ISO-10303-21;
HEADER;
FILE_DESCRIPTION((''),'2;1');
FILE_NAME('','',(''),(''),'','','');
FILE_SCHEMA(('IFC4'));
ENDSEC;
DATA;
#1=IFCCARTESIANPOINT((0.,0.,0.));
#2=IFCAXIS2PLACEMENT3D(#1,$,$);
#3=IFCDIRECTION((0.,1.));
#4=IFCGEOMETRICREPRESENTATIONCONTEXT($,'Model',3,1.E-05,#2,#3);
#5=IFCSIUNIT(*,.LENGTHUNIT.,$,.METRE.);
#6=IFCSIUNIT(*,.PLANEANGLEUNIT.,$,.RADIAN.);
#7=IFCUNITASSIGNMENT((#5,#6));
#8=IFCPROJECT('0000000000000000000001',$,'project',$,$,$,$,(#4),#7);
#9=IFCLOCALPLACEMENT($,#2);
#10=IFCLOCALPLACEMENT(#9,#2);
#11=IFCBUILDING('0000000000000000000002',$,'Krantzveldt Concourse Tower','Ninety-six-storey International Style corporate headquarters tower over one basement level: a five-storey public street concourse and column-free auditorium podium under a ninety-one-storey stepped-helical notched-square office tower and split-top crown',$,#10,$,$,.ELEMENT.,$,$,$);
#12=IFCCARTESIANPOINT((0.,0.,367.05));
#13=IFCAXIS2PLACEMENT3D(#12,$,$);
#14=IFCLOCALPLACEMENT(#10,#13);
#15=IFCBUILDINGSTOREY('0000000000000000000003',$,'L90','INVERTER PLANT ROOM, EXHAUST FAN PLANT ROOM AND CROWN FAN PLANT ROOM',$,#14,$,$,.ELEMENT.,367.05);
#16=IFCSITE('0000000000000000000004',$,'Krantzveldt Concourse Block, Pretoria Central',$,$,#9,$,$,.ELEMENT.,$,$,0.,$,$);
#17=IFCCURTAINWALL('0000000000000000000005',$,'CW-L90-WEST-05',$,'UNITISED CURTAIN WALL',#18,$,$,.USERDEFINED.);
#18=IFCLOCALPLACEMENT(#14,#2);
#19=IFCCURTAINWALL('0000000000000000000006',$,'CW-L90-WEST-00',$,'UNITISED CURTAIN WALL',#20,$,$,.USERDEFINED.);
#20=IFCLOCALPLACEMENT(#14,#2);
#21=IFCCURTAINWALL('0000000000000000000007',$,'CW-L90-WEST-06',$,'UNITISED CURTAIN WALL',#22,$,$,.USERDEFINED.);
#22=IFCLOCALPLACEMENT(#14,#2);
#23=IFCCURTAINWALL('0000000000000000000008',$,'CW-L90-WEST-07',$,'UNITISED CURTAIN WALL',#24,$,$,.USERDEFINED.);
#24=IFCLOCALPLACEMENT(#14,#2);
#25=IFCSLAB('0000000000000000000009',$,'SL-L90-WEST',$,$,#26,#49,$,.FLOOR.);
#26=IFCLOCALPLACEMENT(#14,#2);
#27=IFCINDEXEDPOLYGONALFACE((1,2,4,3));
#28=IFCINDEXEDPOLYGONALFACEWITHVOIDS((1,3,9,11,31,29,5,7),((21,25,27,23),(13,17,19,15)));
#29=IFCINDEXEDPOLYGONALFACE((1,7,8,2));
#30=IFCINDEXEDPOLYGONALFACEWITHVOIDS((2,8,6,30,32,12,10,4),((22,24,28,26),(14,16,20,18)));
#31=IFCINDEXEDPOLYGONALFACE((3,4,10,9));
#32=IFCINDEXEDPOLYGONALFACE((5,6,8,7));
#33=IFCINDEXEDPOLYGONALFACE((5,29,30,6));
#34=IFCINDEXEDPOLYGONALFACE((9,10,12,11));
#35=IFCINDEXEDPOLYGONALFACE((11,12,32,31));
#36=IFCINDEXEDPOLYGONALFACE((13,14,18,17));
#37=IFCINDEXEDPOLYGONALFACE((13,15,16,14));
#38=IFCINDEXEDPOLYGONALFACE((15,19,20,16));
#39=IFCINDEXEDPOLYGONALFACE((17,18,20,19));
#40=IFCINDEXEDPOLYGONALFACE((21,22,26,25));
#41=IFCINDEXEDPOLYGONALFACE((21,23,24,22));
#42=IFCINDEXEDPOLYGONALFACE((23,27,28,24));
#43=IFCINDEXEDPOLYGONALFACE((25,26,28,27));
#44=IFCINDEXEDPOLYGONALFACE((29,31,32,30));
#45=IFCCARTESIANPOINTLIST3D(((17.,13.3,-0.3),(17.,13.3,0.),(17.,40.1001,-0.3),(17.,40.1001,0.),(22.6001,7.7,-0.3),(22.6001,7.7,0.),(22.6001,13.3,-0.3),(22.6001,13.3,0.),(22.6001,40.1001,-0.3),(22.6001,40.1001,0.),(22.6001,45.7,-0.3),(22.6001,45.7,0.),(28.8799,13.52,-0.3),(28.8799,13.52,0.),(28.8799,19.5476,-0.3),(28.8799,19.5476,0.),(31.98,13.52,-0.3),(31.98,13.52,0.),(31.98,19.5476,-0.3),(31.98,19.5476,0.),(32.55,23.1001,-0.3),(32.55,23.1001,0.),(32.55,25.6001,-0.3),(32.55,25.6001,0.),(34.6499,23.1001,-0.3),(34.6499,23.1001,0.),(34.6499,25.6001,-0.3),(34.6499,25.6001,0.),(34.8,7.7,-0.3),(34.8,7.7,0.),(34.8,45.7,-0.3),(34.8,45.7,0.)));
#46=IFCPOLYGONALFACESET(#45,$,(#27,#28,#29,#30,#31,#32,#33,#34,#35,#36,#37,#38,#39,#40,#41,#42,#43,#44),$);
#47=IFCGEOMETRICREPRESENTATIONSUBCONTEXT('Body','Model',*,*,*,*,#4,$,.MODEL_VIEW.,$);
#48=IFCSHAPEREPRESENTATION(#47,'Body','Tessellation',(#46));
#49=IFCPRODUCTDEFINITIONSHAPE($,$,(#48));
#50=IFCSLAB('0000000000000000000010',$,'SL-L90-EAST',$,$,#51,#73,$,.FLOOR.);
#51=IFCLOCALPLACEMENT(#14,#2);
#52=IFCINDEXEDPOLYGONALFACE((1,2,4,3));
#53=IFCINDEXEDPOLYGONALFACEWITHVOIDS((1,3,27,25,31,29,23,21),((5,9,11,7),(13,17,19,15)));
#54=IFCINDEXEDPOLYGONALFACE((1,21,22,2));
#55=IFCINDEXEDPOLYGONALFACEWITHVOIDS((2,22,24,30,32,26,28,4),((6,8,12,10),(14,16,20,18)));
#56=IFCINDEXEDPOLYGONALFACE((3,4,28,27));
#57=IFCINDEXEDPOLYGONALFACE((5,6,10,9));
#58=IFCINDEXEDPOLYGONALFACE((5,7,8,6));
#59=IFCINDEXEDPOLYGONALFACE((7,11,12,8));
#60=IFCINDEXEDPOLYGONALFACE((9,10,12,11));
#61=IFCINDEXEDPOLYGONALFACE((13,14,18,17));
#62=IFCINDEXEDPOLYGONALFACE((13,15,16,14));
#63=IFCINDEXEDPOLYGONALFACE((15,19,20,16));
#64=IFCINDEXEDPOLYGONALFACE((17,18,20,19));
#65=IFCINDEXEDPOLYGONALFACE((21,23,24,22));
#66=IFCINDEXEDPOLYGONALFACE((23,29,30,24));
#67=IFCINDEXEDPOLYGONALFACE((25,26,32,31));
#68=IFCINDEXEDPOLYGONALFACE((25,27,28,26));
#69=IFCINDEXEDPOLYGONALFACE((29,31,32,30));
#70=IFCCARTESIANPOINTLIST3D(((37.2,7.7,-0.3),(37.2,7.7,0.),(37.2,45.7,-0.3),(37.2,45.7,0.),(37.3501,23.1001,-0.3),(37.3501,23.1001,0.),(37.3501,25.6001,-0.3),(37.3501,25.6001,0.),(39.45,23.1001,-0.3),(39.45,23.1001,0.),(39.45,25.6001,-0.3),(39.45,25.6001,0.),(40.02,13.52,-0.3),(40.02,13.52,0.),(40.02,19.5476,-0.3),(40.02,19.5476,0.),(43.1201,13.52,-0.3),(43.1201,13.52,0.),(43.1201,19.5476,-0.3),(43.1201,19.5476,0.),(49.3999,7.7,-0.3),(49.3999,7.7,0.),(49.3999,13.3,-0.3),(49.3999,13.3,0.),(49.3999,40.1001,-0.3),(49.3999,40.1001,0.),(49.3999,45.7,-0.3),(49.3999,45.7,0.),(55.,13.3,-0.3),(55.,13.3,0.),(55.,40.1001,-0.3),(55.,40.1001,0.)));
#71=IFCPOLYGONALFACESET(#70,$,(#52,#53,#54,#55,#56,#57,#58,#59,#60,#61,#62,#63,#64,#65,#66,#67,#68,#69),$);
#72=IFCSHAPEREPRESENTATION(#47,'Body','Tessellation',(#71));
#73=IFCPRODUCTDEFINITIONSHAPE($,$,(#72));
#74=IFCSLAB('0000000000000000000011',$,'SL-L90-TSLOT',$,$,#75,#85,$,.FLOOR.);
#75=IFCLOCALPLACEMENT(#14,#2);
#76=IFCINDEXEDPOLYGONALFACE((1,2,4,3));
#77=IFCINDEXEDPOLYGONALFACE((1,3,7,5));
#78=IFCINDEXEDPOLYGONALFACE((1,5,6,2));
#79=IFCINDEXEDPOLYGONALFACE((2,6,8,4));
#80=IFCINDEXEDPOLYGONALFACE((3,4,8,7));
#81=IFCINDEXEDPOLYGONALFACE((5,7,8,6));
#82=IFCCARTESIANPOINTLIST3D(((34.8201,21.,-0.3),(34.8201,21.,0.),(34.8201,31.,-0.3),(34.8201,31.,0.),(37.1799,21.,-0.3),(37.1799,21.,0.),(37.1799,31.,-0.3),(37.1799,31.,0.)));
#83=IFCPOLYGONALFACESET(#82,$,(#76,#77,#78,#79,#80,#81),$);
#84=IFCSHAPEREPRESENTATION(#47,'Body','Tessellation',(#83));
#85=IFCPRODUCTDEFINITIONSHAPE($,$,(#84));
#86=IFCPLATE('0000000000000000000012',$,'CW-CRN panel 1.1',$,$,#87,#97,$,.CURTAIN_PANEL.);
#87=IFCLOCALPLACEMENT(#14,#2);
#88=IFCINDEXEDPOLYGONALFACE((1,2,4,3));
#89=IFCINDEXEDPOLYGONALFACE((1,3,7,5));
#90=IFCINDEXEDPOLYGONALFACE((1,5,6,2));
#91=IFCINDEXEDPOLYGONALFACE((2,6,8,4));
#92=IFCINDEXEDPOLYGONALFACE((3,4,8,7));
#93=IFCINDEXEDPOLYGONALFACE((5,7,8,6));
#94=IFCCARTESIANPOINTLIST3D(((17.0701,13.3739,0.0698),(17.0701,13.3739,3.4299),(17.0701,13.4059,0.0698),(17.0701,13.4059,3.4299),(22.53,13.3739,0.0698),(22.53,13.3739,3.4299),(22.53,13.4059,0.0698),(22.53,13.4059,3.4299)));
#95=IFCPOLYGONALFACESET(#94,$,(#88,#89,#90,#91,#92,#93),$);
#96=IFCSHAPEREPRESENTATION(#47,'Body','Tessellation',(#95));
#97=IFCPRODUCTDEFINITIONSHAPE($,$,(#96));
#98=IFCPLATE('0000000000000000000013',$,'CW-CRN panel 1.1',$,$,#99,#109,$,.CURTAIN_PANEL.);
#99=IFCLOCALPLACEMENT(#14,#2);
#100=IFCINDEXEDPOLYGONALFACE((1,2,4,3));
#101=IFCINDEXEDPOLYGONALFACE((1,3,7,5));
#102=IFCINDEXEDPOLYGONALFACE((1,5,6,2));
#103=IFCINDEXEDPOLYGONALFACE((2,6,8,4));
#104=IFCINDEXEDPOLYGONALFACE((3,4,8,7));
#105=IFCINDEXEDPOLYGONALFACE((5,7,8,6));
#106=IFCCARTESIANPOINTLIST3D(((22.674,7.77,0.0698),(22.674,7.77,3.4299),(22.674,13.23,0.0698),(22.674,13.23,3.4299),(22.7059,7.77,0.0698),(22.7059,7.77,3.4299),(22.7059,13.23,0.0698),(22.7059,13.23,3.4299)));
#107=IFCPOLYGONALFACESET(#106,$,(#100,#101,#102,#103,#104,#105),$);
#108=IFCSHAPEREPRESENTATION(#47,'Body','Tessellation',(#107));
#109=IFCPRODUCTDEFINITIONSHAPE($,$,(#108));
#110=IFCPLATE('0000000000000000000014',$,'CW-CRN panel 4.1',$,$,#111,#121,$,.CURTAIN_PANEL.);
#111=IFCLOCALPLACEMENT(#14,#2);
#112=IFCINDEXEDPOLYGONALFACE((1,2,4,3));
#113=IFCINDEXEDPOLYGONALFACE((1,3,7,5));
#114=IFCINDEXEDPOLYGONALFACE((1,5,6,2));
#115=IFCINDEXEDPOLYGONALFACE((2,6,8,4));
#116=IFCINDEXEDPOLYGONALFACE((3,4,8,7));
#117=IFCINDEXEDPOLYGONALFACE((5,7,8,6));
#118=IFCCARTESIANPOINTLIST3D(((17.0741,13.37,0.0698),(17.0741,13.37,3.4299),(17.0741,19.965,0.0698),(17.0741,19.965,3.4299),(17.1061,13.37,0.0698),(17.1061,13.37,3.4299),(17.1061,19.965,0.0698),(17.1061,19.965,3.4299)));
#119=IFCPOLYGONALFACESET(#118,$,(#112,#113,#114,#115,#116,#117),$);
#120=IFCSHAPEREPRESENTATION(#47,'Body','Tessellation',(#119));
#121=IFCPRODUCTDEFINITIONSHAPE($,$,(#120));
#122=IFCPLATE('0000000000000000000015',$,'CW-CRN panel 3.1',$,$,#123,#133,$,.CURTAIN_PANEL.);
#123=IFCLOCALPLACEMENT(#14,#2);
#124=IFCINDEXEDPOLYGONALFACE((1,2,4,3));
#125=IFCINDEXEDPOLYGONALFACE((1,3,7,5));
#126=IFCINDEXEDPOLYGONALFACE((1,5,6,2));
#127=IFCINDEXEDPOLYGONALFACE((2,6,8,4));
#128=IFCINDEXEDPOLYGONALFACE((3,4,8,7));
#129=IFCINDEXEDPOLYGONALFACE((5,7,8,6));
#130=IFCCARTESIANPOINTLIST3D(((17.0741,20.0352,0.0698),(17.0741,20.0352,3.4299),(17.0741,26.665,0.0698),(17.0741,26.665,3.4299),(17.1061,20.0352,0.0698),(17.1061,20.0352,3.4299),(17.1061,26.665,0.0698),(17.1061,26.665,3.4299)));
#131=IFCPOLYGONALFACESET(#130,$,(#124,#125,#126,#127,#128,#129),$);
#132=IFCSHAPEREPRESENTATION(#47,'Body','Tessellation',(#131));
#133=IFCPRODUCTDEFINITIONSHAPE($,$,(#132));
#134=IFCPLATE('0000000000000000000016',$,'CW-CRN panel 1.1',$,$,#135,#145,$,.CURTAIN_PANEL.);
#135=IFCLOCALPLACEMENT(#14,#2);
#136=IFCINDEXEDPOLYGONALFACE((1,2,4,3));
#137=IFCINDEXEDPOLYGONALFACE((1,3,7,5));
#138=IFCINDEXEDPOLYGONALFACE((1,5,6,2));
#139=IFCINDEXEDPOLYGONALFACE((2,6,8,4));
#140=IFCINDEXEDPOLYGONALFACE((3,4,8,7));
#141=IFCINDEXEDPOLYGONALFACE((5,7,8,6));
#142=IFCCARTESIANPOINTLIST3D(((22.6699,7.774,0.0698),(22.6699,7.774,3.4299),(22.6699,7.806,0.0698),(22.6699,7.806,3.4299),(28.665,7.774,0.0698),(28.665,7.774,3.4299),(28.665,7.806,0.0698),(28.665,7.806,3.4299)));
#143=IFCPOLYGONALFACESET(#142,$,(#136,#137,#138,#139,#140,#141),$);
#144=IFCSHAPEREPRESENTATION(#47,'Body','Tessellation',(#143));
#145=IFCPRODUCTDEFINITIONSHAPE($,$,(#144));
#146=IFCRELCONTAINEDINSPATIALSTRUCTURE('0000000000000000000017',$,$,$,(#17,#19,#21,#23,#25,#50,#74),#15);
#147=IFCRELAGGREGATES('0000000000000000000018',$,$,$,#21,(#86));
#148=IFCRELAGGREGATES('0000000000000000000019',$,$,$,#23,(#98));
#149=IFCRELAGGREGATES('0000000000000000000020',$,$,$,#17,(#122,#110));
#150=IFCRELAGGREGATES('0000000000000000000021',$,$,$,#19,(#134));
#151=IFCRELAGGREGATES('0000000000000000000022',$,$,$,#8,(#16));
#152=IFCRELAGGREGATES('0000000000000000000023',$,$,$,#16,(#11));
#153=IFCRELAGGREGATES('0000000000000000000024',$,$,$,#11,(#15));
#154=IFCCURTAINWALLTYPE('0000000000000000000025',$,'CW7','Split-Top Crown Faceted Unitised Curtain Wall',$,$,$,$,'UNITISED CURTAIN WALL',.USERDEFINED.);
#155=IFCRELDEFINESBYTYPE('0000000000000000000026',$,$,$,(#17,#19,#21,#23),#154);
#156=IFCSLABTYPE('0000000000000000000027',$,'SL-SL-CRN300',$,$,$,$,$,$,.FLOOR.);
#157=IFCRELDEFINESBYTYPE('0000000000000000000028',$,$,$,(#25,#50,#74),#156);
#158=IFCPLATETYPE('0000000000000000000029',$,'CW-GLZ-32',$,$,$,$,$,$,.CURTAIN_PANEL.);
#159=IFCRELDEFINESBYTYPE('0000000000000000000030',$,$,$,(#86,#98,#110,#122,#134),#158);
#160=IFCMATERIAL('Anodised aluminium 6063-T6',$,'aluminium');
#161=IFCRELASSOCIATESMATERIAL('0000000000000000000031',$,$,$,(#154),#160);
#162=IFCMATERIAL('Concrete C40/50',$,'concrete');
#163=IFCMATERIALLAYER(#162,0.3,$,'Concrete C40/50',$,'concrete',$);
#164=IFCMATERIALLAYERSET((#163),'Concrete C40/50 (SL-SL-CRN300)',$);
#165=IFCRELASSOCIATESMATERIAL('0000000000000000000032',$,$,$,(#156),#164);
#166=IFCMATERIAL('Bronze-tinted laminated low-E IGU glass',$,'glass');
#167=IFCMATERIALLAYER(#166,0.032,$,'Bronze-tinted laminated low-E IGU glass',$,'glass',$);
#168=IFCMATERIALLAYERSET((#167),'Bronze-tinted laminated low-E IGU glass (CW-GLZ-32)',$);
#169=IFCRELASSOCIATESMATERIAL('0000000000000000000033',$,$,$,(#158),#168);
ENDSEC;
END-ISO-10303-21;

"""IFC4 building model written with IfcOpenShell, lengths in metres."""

from ifc_helpers import new_model, si_unit, direction, frame, origin, origin_2d, place, context, subcontext, project, spatial, polyline, rectangle, outline, extrude, source, transform, mapped, material, layer, layer_set, type_object, type_shapes, element, aggregate, save


model = new_model("IFC4")

# Units and contexts
model_context = context("Model", 3, precision=1e-05, world=origin(), true_north=direction((0.0, 1.0)))
body_context = subcontext(model_context, "Body", "Model", "MODEL_VIEW")
ifc_project = project(units=[si_unit("LENGTHUNIT", "METRE"), si_unit("PLANEANGLEUNIT", "RADIAN")], contexts=[model_context])

# Site, building, storey
site_placement = place(None, origin())
site = spatial("IfcSite", under=ifc_project, at=site_placement, Name="Krantzveldt Concourse Block, Pretoria Central", CompositionType="ELEMENT", RefElevation=0.0)
building_placement = place(site_placement, origin())
building = spatial("IfcBuilding", under=site, at=building_placement, Name="Krantzveldt Concourse Tower", Description="Ninety-six-storey International Style corporate headquarters tower over one basement level: a five-storey public street concourse and column-free auditorium podium under a ninety-one-storey stepped-helical notched-square office tower and split-top crown", CompositionType="ELEMENT")
storey_placement = place(building_placement, frame((0.0, 0.0, 367.05)))
storey = spatial("IfcBuildingStorey", under=building, at=storey_placement, Name="L90", Description="INVERTER PLANT ROOM, EXHAUST FAN PLANT ROOM AND CROWN FAN PLANT ROOM", CompositionType="ELEMENT", Elevation=367.05)

# Curtain wall
ifc_material_1 = material(Name="Anodised aluminium 6063-T6", Category="aluminium")
curtain_wall_type = type_object("IfcCurtainWallType", Name="CW7", Description="Split-Top Crown Faceted Unitised Curtain Wall", ElementType="UNITISED CURTAIN WALL", PredefinedType="USERDEFINED", material=ifc_material_1)
curtain_wall_1_placement = place(storey_placement, origin())
curtain_wall_1 = element("IfcCurtainWall", 1, at=curtain_wall_1_placement, inside=storey, type_object=curtain_wall_type, Name="CW-L90-WEST-05", ObjectType="UNITISED CURTAIN WALL", PredefinedType="USERDEFINED")

# Curtain wall
curtain_wall_2_placement = place(storey_placement, origin())
curtain_wall_2 = element("IfcCurtainWall", 2, at=curtain_wall_2_placement, inside=storey, type_object=curtain_wall_type, Name="CW-L90-WEST-00", ObjectType="UNITISED CURTAIN WALL", PredefinedType="USERDEFINED")

# Curtain walls
curtain_wall_3_placement = place(storey_placement, origin())
curtain_wall_3 = element("IfcCurtainWall", 3, at=curtain_wall_3_placement, inside=storey, type_object=curtain_wall_type, Name="CW-L90-WEST-06", ObjectType="UNITISED CURTAIN WALL", PredefinedType="USERDEFINED")
curtain_wall_4_placement = place(storey_placement, origin())
curtain_wall_4 = element("IfcCurtainWall", 4, at=curtain_wall_4_placement, inside=storey, type_object=curtain_wall_type, Name="CW-L90-WEST-07", ObjectType="UNITISED CURTAIN WALL", PredefinedType="USERDEFINED")

# Slabs
ifc_material_2 = material(Name="Concrete C40/50", Category="concrete")
ifc_layer_1 = layer(ifc_material_2, 0.3, Name="Concrete C40/50", Category="concrete")
ifc_layer_set_1 = layer_set([ifc_layer_1], Name="Concrete C40/50 (SL-SL-CRN300)")
slab_type_1 = type_object("IfcSlabType", Name="SL-SL-CRN300", PredefinedType="FLOOR", material=ifc_layer_set_1)
slab_1_placement = place(storey_placement, frame((0.0, 0.0, -0.3)))
element("IfcSlab", 5, at=slab_1_placement, inside=storey, type_object=slab_type_1, Name="SL-L90-WEST", PredefinedType="FLOOR", context=body_context, shape_type="SweptSolid", body=[
    extrude(outline(polyline([(22.6001, 7.7), (34.8, 7.7), (34.8, 45.7), (22.6001, 45.7), (22.6001, 40.1001), (17.0, 40.1001), (17.0, 13.3), (22.6001, 13.3), (22.6001, 7.7)]), holes=[polyline([(28.8799, 19.5476), (28.8799, 13.52), (31.98, 13.52), (31.98, 19.5476), (28.8799, 19.5476)]), polyline([(32.55, 23.1001), (34.6499, 23.1001), (34.6499, 25.6001), (32.55, 25.6001), (32.55, 23.1001)])]), origin(), (0.0, 0.0, 1.0), 0.3),
])
slab_2_placement = place(storey_placement, frame((0.0, 0.0, -0.3)))
element("IfcSlab", 6, at=slab_2_placement, inside=storey, type_object=slab_type_1, Name="SL-L90-EAST", PredefinedType="FLOOR", context=body_context, shape_type="SweptSolid", body=[
    extrude(outline(polyline([(37.2, 7.7), (49.3999, 7.7), (49.3999, 13.3), (55.0, 13.3), (55.0, 40.1001), (49.3999, 40.1001), (49.3999, 45.7), (37.2, 45.7), (37.2, 7.7)]), holes=[polyline([(40.02, 19.5476), (40.02, 13.52), (43.1201, 13.52), (43.1201, 19.5476), (40.02, 19.5476)]), polyline([(37.3501, 23.1001), (39.45, 23.1001), (39.45, 25.6001), (37.3501, 25.6001), (37.3501, 23.1001)])]), origin(), (0.0, 0.0, 1.0), 0.3),
])
slab_3_placement = place(storey_placement, frame((0.0, 0.0, -0.3)))
element("IfcSlab", 7, at=slab_3_placement, inside=storey, type_object=slab_type_1, Name="SL-L90-TSLOT", PredefinedType="FLOOR", context=body_context, shape_type="SweptSolid", body=[
    extrude(outline(polyline([(34.8201, 21.0), (37.1799, 21.0), (37.1799, 31.0), (34.8201, 31.0), (34.8201, 21.0)])), origin(), (0.0, 0.0, 1.0), 0.3),
])

# Plates
ifc_material_3 = material(Name="Bronze-tinted laminated low-E IGU glass", Category="glass")
ifc_layer_2 = layer(ifc_material_3, 0.032, Name="Bronze-tinted laminated low-E IGU glass", Category="glass")
ifc_layer_set_2 = layer_set([ifc_layer_2], Name="Bronze-tinted laminated low-E IGU glass (CW-GLZ-32)")
plate_type = type_object("IfcPlateType", Name="CW-GLZ-32", PredefinedType="CURTAIN_PANEL", material=ifc_layer_set_2)
shared_shape_1 = source(origin(), body_context, "Body", "SweptSolid", [
    extrude(rectangle(XDim=5.46, YDim=0.032, at=origin_2d()), origin(), (0.0, 0.0, 1.0), 3.3601),
])
plate_1_placement = place(storey_placement, frame((19.8, 13.3899, 0.0698), z_axis=(0.0, 0.0, 1.0), x_axis=(1.0, 0.0, 0.0)))
plate_1 = element("IfcPlate", 8, at=plate_1_placement, type_object=plate_type, Name="CW-CRN panel 1.1", PredefinedType="CURTAIN_PANEL", context=body_context, shape_type="MappedRepresentation", body=[
    mapped(shared_shape_1, transform((0.0, 0.0, 0.0), x_axis=(1.0, 0.0, 0.0), y_axis=(0.0, 1.0, 0.0), z_axis=(0.0, 0.0, 1.0), scale=1.0)),
])
aggregate(curtain_wall_3, [plate_1])
plate_2_placement = place(storey_placement, frame((22.6899, 10.5, 0.0698), z_axis=(0.0, 0.0, 1.0), x_axis=(0.0, -1.0, 0.0)))
plate_2 = element("IfcPlate", 9, at=plate_2_placement, type_object=plate_type, Name="CW-CRN panel 1.1", PredefinedType="CURTAIN_PANEL", context=body_context, shape_type="MappedRepresentation", body=[
    mapped(shared_shape_1, transform((0.0, 0.0, 0.0), x_axis=(1.0, 0.0, 0.0), y_axis=(0.0, 1.0, 0.0), z_axis=(0.0, 0.0, 1.0), scale=1.0)),
])
aggregate(curtain_wall_4, [plate_2])
shared_shape_2 = source(origin(), body_context, "Body", "SweptSolid", [
    extrude(rectangle(XDim=6.595, YDim=0.032, at=origin_2d()), origin(), (0.0, 0.0, 1.0), 3.3601),
])
plate_3_placement = place(storey_placement, frame((17.0901, 16.6675, 0.0698), z_axis=(0.0, 0.0, 1.0), x_axis=(0.0, -1.0, 0.0)))
plate_3 = element("IfcPlate", 10, at=plate_3_placement, type_object=plate_type, Name="CW-CRN panel 4.1", PredefinedType="CURTAIN_PANEL", context=body_context, shape_type="MappedRepresentation", body=[
    mapped(shared_shape_2, transform((0.0, 0.0, 0.0), x_axis=(1.0, 0.0, 0.0), y_axis=(0.0, 1.0, 0.0), z_axis=(0.0, 0.0, 1.0), scale=1.0)),
])
shared_shape_3 = source(origin(), body_context, "Body", "SweptSolid", [
    extrude(rectangle(XDim=6.6299, YDim=0.032, at=origin_2d()), origin(), (0.0, 0.0, 1.0), 3.3601),
])
plate_4_placement = place(storey_placement, frame((17.0901, 23.3501, 0.0698), z_axis=(0.0, 0.0, 1.0), x_axis=(0.0, -1.0, 0.0)))
plate_4 = element("IfcPlate", 11, at=plate_4_placement, type_object=plate_type, Name="CW-CRN panel 3.1", PredefinedType="CURTAIN_PANEL", context=body_context, shape_type="MappedRepresentation", body=[
    mapped(shared_shape_3, transform((0.0, 0.0, 0.0), x_axis=(1.0, 0.0, 0.0), y_axis=(0.0, 1.0, 0.0), z_axis=(0.0, 0.0, 1.0), scale=1.0)),
])
aggregate(curtain_wall_1, [plate_4, plate_3])
shared_shape_4 = source(origin(), body_context, "Body", "SweptSolid", [
    extrude(rectangle(XDim=5.9951, YDim=0.032, at=origin_2d()), origin(), (0.0, 0.0, 1.0), 3.3601),
])
type_shapes(plate_type, [shared_shape_1, shared_shape_2, shared_shape_3, shared_shape_4])
plate_5_placement = place(storey_placement, frame((25.6675, 7.79, 0.0698), z_axis=(0.0, 0.0, 1.0), x_axis=(1.0, 0.0, 0.0)))
plate_5 = element("IfcPlate", 12, at=plate_5_placement, type_object=plate_type, Name="CW-CRN panel 1.1", PredefinedType="CURTAIN_PANEL", context=body_context, shape_type="MappedRepresentation", body=[
    mapped(shared_shape_4, transform((0.0, 0.0, 0.0), x_axis=(1.0, 0.0, 0.0), y_axis=(0.0, 1.0, 0.0), z_axis=(0.0, 0.0, 1.0), scale=1.0)),
])
aggregate(curtain_wall_2, [plate_5])

save(model, "model.ifc")
